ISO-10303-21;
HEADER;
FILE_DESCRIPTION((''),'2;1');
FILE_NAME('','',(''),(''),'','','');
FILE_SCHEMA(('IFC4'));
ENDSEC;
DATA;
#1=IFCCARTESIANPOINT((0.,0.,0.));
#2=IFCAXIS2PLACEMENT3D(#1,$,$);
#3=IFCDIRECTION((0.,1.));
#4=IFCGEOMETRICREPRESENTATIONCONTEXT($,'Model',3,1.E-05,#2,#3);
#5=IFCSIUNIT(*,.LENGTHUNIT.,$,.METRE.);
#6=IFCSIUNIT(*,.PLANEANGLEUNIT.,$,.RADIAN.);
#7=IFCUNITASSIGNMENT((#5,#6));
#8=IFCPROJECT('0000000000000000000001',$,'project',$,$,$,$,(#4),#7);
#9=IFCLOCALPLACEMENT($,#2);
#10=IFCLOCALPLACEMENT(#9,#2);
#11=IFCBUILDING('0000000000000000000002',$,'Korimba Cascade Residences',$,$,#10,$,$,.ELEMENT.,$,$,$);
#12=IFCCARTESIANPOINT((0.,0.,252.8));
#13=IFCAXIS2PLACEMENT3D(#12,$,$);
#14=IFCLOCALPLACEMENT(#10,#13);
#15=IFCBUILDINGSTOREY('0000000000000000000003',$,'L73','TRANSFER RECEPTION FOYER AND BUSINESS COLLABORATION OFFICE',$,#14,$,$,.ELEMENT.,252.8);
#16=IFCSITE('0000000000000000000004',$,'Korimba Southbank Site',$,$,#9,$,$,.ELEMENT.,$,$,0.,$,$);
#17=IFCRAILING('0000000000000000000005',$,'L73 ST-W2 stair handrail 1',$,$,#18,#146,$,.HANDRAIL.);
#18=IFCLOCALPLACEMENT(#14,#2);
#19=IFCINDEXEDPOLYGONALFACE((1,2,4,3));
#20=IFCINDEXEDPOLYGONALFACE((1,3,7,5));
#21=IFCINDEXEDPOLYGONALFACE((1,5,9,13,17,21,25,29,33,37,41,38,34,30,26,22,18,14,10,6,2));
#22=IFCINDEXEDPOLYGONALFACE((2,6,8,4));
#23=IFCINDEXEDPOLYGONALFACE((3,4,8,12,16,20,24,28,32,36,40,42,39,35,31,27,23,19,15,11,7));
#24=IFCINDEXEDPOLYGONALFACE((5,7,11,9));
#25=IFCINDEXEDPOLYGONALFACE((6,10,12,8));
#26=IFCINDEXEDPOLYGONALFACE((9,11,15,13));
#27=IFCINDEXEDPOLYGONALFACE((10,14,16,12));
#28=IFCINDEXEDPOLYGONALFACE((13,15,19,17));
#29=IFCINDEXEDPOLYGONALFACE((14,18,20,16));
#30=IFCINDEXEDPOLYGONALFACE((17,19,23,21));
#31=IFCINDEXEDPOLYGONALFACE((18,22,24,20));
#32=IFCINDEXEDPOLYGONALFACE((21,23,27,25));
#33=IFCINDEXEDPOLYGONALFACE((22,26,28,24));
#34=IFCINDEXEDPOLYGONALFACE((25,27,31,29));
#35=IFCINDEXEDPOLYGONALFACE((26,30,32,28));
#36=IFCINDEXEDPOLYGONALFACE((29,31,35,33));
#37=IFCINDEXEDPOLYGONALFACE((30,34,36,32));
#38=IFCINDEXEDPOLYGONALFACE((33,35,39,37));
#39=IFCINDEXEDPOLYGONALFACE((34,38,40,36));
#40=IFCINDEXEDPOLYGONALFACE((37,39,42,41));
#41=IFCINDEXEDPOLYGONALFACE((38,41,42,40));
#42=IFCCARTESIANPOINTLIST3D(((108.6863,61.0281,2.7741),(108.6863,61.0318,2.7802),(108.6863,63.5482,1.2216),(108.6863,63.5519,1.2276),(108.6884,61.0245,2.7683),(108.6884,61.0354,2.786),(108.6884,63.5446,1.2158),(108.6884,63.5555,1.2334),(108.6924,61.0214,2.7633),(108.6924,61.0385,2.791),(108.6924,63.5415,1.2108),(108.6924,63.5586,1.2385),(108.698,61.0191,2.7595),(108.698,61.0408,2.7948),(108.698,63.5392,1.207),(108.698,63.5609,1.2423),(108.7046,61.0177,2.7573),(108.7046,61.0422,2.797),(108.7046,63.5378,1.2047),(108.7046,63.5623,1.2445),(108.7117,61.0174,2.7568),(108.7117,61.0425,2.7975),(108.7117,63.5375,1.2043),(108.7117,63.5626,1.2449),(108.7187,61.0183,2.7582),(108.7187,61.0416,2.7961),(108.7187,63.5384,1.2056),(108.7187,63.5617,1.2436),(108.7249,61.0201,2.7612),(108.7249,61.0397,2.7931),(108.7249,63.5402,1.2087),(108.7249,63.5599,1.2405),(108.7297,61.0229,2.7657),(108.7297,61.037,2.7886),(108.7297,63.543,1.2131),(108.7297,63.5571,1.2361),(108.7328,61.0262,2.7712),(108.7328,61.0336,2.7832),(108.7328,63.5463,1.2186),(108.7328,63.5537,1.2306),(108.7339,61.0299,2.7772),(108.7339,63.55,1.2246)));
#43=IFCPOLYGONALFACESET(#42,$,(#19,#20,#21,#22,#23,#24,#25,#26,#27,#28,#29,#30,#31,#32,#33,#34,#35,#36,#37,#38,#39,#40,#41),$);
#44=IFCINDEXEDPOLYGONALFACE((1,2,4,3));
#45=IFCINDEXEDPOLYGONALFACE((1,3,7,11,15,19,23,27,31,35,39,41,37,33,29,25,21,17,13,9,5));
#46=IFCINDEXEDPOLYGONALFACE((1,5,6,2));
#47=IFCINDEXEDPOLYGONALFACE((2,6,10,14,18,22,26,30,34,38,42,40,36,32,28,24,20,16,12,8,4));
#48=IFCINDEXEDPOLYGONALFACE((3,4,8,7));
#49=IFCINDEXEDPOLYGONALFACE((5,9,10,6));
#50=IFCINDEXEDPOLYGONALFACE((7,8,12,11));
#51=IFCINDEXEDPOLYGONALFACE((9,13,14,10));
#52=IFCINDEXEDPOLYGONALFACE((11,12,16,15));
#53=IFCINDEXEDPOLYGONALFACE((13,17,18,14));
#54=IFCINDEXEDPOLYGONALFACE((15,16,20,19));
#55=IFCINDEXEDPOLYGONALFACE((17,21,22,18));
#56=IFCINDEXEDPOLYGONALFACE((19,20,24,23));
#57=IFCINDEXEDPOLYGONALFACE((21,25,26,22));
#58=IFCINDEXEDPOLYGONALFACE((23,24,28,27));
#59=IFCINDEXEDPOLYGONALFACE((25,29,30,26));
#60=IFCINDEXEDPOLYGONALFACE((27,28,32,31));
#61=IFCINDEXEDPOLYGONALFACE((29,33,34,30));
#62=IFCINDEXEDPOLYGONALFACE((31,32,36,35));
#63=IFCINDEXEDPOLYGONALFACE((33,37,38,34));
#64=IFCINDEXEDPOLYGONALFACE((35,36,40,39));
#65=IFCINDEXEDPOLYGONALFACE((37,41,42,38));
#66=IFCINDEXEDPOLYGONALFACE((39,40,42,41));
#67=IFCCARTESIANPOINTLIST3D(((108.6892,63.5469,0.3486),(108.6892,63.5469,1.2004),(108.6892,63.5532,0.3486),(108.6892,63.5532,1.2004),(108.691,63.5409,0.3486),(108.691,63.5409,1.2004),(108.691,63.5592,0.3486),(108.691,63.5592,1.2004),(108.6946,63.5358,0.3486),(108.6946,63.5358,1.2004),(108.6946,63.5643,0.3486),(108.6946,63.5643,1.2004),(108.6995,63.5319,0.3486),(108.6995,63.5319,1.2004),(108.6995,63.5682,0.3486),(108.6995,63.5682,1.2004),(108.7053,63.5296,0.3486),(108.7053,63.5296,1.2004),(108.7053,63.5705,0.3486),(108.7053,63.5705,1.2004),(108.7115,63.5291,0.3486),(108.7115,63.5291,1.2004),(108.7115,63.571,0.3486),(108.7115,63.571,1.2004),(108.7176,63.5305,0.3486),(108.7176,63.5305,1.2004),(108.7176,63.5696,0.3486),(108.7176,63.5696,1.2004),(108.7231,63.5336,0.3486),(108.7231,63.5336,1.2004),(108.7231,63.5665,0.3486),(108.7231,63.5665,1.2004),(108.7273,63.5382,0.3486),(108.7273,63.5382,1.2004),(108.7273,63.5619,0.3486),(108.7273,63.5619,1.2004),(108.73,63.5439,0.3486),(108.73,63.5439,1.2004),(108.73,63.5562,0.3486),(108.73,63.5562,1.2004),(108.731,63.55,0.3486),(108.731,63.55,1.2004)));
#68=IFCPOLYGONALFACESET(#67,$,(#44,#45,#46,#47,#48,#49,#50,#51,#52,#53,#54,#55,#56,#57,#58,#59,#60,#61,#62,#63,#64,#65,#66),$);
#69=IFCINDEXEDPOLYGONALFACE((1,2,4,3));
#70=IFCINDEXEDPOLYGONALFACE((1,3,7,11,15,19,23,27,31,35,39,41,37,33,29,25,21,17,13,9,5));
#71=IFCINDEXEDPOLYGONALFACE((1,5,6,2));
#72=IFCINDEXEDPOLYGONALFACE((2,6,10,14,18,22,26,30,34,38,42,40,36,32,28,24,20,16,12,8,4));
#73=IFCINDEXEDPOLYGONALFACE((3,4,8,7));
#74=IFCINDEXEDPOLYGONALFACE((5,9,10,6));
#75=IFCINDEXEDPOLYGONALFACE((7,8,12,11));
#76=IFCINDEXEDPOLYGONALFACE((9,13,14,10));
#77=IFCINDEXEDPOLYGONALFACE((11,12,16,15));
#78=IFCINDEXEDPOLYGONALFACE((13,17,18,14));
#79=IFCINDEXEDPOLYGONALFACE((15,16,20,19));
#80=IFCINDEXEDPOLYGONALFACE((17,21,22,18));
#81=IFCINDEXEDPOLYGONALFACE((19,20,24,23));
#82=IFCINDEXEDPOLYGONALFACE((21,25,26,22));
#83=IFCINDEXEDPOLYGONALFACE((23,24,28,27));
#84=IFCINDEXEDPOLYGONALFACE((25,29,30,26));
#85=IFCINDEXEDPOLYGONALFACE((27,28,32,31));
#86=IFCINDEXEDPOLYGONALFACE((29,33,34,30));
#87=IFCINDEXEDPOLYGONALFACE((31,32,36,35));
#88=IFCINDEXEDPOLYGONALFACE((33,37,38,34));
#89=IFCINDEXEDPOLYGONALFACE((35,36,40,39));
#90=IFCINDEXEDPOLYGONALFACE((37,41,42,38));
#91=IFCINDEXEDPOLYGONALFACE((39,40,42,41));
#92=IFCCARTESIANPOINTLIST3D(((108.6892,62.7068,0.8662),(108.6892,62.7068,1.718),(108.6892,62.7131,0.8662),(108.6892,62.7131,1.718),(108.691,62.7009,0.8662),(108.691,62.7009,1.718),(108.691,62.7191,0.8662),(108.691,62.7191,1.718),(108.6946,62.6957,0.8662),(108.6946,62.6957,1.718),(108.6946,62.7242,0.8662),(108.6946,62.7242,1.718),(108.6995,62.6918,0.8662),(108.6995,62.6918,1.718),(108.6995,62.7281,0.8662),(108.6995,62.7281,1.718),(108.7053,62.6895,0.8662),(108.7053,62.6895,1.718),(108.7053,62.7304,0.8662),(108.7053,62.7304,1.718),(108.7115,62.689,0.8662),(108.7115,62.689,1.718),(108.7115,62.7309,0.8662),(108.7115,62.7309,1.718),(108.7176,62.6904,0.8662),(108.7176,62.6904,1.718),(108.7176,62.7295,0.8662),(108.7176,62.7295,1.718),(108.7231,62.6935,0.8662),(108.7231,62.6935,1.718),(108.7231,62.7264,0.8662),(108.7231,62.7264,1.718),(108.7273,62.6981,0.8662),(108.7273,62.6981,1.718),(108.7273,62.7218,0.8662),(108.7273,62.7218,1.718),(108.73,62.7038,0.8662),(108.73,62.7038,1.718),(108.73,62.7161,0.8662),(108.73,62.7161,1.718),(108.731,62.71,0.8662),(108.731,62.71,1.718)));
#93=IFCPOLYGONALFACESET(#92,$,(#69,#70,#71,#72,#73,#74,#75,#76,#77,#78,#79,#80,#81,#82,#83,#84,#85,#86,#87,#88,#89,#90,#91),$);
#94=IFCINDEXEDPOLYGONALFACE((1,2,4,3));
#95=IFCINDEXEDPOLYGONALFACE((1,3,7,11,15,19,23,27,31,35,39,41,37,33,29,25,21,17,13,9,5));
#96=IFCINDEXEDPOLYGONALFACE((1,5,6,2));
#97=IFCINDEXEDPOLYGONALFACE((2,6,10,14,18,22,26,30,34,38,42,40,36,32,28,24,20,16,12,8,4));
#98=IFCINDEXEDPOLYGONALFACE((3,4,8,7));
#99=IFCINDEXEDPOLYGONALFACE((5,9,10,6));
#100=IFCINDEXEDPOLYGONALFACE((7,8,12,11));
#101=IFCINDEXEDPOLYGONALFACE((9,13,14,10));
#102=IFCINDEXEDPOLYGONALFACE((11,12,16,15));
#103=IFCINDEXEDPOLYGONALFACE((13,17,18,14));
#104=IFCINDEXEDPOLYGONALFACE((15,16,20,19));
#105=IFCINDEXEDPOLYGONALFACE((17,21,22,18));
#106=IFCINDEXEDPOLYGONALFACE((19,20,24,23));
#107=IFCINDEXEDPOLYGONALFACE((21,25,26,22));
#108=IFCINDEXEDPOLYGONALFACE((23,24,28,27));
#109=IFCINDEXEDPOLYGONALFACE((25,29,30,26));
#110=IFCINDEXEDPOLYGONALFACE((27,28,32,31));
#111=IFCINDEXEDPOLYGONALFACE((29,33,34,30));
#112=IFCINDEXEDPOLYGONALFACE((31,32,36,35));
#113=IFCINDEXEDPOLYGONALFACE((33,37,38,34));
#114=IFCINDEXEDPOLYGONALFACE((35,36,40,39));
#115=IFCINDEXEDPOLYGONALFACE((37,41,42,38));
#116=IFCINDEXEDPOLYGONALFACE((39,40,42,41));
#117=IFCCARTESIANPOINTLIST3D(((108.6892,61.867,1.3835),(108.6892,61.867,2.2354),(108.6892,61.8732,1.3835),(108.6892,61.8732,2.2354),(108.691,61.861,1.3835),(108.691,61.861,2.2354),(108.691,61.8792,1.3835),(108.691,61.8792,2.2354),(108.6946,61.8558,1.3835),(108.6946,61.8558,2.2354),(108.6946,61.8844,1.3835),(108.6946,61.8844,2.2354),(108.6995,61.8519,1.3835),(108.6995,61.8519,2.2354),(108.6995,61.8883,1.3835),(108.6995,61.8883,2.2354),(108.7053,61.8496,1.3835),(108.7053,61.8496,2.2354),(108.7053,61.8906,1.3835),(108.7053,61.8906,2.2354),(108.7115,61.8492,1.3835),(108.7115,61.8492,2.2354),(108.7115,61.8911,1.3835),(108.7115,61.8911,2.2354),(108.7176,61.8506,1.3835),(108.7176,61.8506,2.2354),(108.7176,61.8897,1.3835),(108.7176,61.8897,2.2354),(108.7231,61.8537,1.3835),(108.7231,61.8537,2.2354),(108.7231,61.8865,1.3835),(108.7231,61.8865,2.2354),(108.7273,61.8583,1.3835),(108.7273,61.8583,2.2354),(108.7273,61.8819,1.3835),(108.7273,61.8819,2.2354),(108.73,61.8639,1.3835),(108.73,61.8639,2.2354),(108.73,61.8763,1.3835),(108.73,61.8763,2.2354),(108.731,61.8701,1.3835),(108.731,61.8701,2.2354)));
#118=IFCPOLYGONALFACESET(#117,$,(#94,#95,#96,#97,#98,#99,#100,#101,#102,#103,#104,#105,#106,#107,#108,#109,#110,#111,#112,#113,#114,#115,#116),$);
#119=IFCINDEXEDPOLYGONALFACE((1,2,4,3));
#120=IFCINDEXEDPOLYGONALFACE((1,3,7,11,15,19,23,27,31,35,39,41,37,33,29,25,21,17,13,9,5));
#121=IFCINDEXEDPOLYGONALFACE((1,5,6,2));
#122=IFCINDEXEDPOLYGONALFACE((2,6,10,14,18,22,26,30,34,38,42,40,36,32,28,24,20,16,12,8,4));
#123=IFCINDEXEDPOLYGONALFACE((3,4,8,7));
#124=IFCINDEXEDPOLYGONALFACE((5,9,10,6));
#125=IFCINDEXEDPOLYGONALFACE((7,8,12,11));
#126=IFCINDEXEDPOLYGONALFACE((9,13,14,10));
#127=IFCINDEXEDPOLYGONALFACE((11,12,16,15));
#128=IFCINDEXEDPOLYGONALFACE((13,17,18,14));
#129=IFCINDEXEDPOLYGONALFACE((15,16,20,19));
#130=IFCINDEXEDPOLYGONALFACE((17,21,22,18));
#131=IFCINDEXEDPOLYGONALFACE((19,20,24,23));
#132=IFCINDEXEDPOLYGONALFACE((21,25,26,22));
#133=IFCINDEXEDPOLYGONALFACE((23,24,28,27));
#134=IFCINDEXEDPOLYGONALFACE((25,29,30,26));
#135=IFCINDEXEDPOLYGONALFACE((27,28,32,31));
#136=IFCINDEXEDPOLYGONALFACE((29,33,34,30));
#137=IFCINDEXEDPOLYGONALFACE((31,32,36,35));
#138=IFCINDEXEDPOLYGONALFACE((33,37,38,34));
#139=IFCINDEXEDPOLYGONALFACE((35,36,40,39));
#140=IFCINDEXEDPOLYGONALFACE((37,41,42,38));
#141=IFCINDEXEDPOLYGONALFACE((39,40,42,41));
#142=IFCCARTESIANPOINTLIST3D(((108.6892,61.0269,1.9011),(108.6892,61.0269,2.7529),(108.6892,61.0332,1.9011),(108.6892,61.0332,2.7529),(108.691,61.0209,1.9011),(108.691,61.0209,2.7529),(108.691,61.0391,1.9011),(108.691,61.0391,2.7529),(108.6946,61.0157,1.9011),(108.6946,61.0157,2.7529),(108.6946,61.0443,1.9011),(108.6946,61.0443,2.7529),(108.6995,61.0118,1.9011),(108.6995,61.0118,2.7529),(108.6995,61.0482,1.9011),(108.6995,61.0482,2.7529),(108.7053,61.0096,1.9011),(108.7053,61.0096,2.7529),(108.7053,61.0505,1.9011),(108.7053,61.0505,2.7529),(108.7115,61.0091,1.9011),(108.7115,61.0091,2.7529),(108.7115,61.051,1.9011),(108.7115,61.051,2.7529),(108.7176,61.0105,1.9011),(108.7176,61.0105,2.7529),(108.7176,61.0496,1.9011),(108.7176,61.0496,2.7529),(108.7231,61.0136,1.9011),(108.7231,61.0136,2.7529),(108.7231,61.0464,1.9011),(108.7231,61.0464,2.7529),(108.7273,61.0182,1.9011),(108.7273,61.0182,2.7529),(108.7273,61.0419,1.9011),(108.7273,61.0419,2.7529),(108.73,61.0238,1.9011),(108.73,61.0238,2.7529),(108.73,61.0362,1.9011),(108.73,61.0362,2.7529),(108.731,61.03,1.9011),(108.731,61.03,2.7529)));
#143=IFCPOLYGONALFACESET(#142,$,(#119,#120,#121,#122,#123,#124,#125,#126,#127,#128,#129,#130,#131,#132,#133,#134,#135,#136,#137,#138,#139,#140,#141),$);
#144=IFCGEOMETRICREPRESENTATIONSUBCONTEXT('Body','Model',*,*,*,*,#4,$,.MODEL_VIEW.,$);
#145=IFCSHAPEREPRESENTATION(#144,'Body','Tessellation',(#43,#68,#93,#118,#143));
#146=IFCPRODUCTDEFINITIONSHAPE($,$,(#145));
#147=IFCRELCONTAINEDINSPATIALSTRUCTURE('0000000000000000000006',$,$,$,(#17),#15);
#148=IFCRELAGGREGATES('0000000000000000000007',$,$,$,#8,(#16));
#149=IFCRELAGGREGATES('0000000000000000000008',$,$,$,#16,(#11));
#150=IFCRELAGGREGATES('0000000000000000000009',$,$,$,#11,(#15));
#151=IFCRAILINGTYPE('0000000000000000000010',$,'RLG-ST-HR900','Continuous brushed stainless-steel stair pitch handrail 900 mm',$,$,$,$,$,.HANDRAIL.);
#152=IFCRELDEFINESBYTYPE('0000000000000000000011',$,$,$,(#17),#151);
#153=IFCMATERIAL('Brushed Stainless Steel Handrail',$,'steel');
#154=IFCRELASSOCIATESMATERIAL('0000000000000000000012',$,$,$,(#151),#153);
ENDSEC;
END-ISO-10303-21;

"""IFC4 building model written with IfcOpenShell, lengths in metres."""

from ifc_helpers import new_model, si_unit, direction, frame, origin, origin_2d, place, context, subcontext, project, spatial, circle, extrude, material, type_object, element, save


model = new_model("IFC4")

# Units and contexts
model_context = context("Model", 3, precision=1e-05, world=origin(), true_north=direction((0.0, 1.0)))
body_context = subcontext(model_context, "Body", "Model", "MODEL_VIEW")
ifc_project = project(units=[si_unit("LENGTHUNIT", "METRE"), si_unit("PLANEANGLEUNIT", "RADIAN")], contexts=[model_context])

# Site, building, storey
site_placement = place(None, origin())
site = spatial("IfcSite", under=ifc_project, at=site_placement, Name="Korimba Southbank Site", CompositionType="ELEMENT", RefElevation=0.0)
building_placement = place(site_placement, origin())
building = spatial("IfcBuilding", under=site, at=building_placement, Name="Korimba Cascade Residences", CompositionType="ELEMENT")
storey_placement = place(building_placement, frame((0.0, 0.0, 252.8)))
storey = spatial("IfcBuildingStorey", under=building, at=storey_placement, Name="L73", Description="TRANSFER RECEPTION FOYER AND BUSINESS COLLABORATION OFFICE", CompositionType="ELEMENT", Elevation=252.8)

# Railing
ifc_material_1 = material(Name="Brushed Stainless Steel Handrail", Category="steel")
railing_type_1 = type_object("IfcRailingType", Name="RLG-ST-HR900", Description="Continuous brushed stainless-steel stair pitch handrail 900 mm", PredefinedType="HANDRAIL", material=ifc_material_1)
railing_1_placement = place(storey_placement, frame((108.71, 63.55, 0.3486)))
element("IfcRailing", 1, at=railing_1_placement, inside=storey, type_object=railing_type_1, Name="L73 ST-W2 stair handrail 1", PredefinedType="HANDRAIL", context=body_context, shape_type="SweptSolid", body=[
    extrude(circle(Radius=0.0239, at=origin_2d()), frame((0.0, 0.0, 0.876), z_axis=(0.0, -0.8514, 0.524516), x_axis=(1.0, 0.0, 0.0)), (0.0, 0.0, 1.0), 2.96),
    extrude(circle(Radius=0.021, at=origin_2d()), origin(), (0.0, 0.0, 1.0), 0.8518),
    extrude(circle(Radius=0.021, at=origin_2d()), frame((0.0, -0.8401, 0.5176)), (0.0, 0.0, 1.0), 0.8518),
    extrude(circle(Radius=0.021, at=origin_2d()), frame((0.0, -1.6799, 1.0349)), (0.0, 0.0, 1.0), 0.8518),
    extrude(circle(Radius=0.021, at=origin_2d()), frame((0.0, -2.52, 1.5525)), (0.0, 0.0, 1.0), 0.8518),
])

save(model, "model.ifc")
